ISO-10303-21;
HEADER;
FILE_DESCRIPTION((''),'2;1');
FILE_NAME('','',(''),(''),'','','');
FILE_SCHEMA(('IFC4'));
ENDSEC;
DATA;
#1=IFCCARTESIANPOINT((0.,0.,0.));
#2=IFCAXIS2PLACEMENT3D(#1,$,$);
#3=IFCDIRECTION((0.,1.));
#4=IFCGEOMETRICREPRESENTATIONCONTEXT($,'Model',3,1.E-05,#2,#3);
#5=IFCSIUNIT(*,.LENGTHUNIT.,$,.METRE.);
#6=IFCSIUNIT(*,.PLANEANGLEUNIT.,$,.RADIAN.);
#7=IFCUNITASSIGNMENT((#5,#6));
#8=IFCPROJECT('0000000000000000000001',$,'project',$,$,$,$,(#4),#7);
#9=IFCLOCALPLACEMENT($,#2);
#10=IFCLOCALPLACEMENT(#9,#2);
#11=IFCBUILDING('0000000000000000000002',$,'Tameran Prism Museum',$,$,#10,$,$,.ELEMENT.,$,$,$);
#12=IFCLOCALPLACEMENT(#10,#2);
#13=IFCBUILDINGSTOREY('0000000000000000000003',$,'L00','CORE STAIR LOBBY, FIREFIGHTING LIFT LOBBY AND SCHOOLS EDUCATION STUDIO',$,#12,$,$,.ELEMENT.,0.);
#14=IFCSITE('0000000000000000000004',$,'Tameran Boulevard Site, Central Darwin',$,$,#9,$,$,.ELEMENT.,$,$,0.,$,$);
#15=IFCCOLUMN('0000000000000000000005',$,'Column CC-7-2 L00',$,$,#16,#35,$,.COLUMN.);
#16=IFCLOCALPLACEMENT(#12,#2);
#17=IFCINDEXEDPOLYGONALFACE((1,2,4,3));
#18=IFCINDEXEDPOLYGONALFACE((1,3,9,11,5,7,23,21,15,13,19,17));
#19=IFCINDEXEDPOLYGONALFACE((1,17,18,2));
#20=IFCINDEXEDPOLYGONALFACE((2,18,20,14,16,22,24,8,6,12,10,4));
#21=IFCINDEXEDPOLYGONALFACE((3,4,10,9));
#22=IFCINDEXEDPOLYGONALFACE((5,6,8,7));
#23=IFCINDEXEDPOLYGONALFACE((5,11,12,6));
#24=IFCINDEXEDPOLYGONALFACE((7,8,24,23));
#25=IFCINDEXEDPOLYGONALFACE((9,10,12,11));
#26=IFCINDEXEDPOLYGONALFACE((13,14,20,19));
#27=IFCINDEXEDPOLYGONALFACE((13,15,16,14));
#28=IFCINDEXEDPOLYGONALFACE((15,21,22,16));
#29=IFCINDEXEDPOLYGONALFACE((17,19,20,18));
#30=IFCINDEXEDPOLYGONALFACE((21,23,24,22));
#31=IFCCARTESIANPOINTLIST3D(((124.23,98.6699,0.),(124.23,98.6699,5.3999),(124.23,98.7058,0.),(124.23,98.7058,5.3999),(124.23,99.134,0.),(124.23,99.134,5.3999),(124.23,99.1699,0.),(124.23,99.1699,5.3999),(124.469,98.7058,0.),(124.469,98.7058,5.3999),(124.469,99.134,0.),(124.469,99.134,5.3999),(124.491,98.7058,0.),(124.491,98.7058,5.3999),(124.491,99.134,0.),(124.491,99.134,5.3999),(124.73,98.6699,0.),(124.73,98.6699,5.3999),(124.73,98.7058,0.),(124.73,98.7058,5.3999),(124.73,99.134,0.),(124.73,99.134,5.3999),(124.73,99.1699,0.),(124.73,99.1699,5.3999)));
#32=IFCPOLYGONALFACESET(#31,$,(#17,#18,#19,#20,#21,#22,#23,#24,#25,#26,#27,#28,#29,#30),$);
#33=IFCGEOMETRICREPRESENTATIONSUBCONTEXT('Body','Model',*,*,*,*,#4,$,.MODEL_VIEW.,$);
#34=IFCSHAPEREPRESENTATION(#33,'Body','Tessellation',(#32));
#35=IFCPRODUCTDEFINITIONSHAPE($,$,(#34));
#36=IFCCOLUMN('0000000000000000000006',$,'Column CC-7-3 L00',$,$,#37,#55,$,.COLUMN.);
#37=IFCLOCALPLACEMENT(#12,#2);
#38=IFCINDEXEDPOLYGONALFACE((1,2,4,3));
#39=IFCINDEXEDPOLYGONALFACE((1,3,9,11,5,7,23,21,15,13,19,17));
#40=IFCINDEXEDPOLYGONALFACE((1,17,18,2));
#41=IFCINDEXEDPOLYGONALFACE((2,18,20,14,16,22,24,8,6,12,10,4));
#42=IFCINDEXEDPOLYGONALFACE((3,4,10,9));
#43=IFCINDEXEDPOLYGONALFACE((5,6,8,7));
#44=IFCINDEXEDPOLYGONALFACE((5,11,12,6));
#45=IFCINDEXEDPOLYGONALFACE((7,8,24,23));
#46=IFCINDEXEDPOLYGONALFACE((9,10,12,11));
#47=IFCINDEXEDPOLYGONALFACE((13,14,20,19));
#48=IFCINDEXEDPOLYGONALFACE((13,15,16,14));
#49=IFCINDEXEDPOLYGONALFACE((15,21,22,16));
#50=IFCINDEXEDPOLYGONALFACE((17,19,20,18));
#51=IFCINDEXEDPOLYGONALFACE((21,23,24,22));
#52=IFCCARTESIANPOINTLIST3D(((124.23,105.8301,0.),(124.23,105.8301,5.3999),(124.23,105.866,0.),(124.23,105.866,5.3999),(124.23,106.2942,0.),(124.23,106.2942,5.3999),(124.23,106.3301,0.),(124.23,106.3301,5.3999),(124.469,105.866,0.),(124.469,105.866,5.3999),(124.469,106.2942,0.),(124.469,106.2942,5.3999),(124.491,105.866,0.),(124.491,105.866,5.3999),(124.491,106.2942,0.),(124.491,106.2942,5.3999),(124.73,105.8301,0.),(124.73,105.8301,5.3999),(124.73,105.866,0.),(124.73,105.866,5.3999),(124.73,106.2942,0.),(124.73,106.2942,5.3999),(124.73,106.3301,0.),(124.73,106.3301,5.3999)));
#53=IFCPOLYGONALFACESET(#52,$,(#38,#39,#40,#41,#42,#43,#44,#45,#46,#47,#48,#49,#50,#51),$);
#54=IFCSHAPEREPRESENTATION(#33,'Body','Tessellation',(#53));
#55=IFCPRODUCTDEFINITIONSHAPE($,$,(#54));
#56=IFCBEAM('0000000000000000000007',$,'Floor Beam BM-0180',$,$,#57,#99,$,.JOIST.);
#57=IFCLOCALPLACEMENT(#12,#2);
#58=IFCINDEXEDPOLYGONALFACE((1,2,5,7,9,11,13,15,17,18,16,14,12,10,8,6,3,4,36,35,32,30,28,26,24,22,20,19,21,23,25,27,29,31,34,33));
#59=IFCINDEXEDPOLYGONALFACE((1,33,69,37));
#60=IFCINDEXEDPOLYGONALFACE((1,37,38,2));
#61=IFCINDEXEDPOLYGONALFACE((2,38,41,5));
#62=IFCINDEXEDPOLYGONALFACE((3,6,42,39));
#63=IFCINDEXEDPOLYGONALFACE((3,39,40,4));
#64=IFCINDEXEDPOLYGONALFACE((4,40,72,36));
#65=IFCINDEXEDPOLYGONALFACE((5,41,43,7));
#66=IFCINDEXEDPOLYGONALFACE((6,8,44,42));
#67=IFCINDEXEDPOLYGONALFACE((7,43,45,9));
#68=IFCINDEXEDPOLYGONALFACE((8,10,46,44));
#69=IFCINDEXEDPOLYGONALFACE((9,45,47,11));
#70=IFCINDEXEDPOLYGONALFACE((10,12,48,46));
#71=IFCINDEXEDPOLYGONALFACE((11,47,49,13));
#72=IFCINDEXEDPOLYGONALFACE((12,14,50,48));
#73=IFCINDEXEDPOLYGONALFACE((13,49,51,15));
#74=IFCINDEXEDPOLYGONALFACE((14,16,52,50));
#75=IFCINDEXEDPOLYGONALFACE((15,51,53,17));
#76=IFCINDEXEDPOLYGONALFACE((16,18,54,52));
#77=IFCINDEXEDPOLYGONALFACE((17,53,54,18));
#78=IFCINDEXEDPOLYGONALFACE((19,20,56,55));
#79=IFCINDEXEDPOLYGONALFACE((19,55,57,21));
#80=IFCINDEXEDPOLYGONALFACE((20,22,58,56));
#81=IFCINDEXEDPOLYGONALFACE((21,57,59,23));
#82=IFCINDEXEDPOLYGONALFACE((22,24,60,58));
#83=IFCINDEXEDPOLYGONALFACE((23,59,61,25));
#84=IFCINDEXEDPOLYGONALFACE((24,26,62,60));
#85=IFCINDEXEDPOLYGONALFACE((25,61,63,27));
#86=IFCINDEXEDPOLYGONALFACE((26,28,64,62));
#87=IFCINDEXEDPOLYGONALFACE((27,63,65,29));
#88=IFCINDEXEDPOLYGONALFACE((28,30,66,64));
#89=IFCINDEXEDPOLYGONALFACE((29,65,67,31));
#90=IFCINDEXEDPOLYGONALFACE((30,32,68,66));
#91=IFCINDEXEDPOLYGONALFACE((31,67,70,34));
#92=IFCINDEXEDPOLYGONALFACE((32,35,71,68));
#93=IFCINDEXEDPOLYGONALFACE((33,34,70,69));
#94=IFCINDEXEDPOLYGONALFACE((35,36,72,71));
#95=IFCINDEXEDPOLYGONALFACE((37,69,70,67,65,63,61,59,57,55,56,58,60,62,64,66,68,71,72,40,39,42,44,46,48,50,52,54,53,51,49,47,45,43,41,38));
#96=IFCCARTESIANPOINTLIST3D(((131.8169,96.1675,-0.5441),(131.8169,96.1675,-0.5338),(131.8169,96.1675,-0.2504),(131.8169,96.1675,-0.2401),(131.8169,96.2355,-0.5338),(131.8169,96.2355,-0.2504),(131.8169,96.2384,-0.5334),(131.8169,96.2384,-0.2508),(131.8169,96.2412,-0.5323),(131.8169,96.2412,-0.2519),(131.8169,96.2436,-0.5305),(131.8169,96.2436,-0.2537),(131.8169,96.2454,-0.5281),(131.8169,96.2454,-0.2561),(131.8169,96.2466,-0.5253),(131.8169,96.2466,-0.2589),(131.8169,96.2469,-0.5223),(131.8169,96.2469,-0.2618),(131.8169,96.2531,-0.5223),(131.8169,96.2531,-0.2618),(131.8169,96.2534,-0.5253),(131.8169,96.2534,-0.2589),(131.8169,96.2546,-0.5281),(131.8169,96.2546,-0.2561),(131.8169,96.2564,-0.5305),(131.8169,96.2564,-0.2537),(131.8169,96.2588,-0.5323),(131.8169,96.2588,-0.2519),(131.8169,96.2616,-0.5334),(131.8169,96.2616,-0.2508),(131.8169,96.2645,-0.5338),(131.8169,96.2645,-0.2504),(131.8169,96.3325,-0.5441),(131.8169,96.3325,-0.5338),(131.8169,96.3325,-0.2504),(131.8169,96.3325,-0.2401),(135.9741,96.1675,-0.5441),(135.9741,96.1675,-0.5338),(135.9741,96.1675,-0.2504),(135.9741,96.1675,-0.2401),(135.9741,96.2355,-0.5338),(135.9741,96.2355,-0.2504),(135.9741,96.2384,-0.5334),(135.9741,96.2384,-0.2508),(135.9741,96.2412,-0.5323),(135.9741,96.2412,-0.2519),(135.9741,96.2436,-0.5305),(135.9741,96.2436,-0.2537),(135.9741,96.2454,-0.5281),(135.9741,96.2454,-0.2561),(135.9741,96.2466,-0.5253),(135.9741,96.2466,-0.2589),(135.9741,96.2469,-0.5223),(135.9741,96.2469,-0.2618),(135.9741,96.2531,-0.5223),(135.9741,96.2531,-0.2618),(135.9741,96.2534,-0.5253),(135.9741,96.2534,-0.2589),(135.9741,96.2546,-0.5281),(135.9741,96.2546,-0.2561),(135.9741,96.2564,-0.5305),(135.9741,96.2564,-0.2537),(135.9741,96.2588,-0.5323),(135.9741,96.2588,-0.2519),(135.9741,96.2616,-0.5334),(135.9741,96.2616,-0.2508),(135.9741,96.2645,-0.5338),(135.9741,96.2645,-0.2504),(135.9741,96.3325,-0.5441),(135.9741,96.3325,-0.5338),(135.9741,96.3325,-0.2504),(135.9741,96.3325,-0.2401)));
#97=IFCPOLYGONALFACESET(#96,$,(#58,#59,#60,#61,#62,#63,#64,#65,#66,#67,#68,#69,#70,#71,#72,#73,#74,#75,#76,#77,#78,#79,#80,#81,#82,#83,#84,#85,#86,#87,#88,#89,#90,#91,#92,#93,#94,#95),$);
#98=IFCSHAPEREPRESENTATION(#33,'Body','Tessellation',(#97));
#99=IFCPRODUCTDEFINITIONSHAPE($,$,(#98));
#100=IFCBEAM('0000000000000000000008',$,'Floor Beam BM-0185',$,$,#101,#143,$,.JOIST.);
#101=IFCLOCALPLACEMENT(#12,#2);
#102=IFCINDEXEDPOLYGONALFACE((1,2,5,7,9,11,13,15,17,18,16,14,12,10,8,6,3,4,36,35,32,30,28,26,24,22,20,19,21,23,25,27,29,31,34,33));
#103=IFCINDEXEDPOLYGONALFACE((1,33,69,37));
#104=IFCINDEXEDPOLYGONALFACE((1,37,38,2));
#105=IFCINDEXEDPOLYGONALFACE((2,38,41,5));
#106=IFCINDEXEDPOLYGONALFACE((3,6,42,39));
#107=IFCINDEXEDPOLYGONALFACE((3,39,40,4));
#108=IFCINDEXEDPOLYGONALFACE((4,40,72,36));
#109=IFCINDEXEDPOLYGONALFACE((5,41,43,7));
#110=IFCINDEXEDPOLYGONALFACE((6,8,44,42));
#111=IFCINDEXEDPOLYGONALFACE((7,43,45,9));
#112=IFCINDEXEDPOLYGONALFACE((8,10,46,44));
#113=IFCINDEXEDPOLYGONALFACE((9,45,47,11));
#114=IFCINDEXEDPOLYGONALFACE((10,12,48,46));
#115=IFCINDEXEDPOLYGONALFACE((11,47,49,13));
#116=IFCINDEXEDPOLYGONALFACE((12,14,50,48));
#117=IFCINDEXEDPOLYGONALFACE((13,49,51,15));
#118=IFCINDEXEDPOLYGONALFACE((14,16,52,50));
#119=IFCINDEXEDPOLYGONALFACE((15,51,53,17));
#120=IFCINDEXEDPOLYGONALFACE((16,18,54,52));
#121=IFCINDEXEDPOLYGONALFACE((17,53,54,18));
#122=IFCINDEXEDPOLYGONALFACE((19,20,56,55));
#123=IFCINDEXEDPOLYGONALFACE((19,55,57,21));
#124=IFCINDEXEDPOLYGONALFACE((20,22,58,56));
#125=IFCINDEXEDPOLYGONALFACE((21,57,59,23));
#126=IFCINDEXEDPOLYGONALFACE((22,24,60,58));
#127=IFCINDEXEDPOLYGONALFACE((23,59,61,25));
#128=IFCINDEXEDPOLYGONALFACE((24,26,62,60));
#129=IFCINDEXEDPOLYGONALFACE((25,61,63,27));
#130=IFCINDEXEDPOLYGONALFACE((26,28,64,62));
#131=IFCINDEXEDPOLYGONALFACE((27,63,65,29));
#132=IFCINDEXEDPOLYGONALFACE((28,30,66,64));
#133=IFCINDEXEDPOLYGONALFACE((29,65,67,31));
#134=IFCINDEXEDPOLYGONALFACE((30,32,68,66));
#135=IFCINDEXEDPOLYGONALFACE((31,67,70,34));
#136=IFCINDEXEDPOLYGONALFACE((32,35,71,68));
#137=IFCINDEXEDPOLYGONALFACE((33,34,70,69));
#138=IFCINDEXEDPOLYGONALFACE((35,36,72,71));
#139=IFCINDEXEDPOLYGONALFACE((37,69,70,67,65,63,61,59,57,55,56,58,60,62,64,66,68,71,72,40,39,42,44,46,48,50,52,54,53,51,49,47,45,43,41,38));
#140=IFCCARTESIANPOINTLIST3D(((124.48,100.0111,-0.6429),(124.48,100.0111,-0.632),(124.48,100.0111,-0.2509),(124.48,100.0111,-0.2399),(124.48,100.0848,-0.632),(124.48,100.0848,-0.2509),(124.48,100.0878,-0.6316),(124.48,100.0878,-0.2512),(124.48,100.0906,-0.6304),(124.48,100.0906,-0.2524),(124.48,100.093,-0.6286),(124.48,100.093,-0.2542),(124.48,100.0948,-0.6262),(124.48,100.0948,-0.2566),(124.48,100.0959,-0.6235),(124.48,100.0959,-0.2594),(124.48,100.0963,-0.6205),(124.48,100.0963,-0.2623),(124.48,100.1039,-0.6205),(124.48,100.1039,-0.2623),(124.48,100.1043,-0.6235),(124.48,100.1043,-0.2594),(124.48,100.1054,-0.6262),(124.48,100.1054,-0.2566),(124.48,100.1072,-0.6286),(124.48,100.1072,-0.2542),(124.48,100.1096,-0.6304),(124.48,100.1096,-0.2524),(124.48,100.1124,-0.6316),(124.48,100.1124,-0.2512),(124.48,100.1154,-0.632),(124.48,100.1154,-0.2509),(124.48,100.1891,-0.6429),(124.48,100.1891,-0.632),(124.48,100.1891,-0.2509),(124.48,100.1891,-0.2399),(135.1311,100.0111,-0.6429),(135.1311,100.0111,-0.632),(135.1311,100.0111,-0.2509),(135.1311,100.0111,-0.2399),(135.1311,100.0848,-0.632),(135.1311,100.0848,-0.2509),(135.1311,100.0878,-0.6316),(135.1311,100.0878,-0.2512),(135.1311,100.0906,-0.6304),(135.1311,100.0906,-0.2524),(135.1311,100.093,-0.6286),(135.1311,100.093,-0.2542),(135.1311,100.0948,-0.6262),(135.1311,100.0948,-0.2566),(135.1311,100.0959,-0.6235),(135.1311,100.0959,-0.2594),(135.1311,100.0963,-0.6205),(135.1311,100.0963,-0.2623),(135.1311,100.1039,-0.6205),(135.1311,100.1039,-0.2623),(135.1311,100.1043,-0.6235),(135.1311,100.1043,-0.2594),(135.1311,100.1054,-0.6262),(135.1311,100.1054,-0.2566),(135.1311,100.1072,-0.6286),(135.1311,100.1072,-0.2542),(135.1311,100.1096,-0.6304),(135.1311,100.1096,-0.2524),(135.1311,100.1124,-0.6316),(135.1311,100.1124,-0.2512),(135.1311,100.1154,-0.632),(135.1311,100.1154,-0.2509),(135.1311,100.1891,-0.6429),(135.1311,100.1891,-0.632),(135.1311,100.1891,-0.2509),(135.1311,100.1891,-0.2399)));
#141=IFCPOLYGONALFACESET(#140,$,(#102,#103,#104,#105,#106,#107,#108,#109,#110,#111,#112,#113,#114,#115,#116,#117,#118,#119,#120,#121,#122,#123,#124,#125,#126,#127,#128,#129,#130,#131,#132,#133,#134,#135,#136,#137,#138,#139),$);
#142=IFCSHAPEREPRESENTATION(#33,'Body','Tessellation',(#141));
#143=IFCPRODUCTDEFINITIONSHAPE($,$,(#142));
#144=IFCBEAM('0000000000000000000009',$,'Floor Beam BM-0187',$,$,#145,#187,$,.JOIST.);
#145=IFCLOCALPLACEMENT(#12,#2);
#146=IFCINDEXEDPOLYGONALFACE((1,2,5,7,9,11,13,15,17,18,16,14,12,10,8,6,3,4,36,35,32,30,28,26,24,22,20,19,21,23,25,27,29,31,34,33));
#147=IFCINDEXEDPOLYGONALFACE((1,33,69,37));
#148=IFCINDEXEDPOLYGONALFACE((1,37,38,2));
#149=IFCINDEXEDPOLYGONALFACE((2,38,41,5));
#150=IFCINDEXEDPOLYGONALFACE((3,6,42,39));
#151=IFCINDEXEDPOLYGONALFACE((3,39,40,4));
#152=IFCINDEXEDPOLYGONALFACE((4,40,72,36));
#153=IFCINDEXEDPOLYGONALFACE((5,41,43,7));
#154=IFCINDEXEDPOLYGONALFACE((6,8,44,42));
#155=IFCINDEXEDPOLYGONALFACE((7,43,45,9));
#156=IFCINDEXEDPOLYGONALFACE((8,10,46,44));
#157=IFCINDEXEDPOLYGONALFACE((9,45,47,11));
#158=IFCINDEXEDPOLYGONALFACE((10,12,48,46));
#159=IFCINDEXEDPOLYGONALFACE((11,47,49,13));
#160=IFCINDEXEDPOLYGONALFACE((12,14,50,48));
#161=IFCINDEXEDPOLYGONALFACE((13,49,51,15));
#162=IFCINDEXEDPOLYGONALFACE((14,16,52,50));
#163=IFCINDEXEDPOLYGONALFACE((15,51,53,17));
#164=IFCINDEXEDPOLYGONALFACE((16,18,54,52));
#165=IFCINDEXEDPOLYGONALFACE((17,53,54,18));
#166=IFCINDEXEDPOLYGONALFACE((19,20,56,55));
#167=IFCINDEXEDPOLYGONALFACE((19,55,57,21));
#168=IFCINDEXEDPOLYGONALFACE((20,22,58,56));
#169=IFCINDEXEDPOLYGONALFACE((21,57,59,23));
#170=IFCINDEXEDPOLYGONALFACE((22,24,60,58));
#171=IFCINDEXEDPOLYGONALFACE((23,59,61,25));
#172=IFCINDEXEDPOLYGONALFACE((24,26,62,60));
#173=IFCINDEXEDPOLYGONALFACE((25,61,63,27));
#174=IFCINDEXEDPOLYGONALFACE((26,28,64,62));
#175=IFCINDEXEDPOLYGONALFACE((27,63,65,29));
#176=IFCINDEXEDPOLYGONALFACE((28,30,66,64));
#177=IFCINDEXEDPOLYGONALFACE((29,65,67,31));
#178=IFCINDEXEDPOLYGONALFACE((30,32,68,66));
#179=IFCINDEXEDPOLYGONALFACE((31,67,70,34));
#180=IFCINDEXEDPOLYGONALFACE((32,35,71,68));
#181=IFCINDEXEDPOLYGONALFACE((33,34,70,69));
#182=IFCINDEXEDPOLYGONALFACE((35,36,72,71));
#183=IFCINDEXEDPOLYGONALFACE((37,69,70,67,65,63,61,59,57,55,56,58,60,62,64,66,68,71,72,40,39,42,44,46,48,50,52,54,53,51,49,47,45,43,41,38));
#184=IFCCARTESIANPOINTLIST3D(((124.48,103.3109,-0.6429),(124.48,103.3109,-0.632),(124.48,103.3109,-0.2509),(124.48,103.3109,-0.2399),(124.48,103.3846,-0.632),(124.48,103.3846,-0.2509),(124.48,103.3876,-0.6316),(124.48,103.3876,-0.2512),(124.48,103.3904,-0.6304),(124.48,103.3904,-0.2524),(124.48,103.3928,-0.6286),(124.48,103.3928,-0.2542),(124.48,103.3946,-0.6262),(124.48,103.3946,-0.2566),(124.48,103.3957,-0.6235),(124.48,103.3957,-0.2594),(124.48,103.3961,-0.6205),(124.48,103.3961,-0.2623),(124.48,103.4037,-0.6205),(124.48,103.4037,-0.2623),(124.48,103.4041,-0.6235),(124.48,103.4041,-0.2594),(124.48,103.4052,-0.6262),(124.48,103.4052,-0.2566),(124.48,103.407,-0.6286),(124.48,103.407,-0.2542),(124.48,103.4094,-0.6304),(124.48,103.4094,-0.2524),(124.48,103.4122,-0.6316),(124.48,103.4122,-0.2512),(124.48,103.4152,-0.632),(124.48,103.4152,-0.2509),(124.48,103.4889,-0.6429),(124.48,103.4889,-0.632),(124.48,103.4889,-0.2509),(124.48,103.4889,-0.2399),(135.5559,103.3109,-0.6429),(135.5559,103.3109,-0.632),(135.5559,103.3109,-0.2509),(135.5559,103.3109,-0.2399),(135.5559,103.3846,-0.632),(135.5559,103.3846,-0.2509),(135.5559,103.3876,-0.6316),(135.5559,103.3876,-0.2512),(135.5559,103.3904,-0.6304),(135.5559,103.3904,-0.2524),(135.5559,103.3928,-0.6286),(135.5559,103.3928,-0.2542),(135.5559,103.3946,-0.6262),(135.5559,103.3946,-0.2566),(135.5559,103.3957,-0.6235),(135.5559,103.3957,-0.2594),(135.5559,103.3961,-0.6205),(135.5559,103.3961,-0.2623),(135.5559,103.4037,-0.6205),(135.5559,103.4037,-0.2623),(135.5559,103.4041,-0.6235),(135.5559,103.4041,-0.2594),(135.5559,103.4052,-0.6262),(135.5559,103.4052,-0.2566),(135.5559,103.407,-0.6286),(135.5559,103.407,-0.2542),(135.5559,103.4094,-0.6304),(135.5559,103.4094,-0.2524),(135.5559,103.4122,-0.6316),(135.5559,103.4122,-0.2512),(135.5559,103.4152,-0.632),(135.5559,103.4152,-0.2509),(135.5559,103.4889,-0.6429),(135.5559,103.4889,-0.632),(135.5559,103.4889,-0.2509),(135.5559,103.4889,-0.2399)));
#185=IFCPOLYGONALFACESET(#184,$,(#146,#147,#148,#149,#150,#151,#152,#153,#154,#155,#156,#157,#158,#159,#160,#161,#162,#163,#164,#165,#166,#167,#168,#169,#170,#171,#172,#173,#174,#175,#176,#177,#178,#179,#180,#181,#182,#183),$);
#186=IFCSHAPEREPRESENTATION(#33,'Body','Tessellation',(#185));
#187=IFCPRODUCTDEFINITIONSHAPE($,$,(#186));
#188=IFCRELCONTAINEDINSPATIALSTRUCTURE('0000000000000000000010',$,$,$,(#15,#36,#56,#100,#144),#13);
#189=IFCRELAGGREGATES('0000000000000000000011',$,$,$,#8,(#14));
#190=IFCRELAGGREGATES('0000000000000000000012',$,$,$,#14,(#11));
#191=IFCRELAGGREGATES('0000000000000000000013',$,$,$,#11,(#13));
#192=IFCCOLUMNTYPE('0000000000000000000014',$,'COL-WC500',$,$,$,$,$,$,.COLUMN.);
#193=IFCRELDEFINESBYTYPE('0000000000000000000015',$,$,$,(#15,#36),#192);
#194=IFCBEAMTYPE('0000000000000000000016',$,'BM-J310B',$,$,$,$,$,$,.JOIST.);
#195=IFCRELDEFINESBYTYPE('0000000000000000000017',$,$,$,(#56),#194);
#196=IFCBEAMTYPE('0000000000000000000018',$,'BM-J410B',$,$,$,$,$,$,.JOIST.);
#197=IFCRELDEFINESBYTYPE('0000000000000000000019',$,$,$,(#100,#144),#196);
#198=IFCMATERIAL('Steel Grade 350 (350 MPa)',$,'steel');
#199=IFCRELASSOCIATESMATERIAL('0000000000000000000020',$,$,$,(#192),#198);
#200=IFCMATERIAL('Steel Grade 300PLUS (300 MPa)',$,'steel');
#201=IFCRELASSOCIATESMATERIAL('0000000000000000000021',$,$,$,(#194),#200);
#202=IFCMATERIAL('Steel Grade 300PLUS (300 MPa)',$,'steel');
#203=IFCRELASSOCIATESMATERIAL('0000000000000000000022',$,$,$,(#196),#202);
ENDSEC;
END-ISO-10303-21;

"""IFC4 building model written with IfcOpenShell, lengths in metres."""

from ifc_helpers import new_model, si_unit, direction, frame, origin, origin_2d, place, context, subcontext, project, spatial, i_section, extrude, material, material_profile, profile_set, type_object, element, save


model = new_model("IFC4")

# Units and contexts
model_context = context("Model", 3, precision=1e-05, world=origin(), true_north=direction((0.0, 1.0)))
body_context = subcontext(model_context, "Body", "Model", "MODEL_VIEW")
ifc_project = project(units=[si_unit("LENGTHUNIT", "METRE"), si_unit("PLANEANGLEUNIT", "RADIAN")], contexts=[model_context])

# Site, building, storey
site_placement = place(None, origin())
site = spatial("IfcSite", under=ifc_project, at=site_placement, Name="Tameran Boulevard Site, Central Darwin", CompositionType="ELEMENT", RefElevation=0.0)
building_placement = place(site_placement, origin())
building = spatial("IfcBuilding", under=site, at=building_placement, Name="Tameran Prism Museum", CompositionType="ELEMENT")
storey_placement = place(building_placement, origin())
storey = spatial("IfcBuildingStorey", under=building, at=storey_placement, Name="L00", Description="CORE STAIR LOBBY, FIREFIGHTING LIFT LOBBY AND SCHOOLS EDUCATION STUDIO", CompositionType="ELEMENT", Elevation=0.0)

# Columns
ifc_material_1 = material(Name="Steel Grade 350 (350 MPa)", Category="steel")
ifc_material_profile_1 = material_profile(ifc_material_1, i_section(OverallWidth=0.5, OverallDepth=0.5, WebThickness=0.022, FlangeThickness=0.0359, at=origin_2d()))
ifc_profile_set_1 = profile_set([ifc_material_profile_1])
column_type = type_object("IfcColumnType", Name="COL-WC500", PredefinedType="COLUMN", material=ifc_profile_set_1)
for number, where, z_axis, x_axis, name in (
    (1, (124.48, 98.9199, 0.0), (0.0, 0.0, 1.0), (1.0, 0.0, 0.0), "Column CC-7-2 L00"),
    (2, (124.48, 106.0801, 0.0), (0.0, 0.0, 1.0), (1.0, 0.0, 0.0), "Column CC-7-3 L00"),
):
    element("IfcColumn", number, at=place(storey_placement, frame(where, z_axis=z_axis, x_axis=x_axis)), inside=storey, type_object=column_type, Name=name, PredefinedType="COLUMN", context=body_context, shape_type="SweptSolid", body=[
        extrude(i_section(OverallWidth=0.5, OverallDepth=0.5, WebThickness=0.022, FlangeThickness=0.0359, at=origin_2d()), origin(), (0.0, 0.0, 1.0), 5.3999),
    ])

# Beams
ifc_material_2 = material(Name="Steel Grade 300PLUS (300 MPa)", Category="steel")
ifc_material_profile_2 = material_profile(ifc_material_2, i_section(OverallWidth=0.165, OverallDepth=0.304, WebThickness=0.0061, FlangeThickness=0.0103, FilletRadius=0.0115, at=origin_2d()))
ifc_profile_set_2 = profile_set([ifc_material_profile_2])
beam_type_1 = type_object("IfcBeamType", Name="BM-J310B", PredefinedType="JOIST", material=ifc_profile_set_2)
beam_1_placement = place(storey_placement, frame((131.8169, 96.25, -0.3921), z_axis=(1.0, 0.0, 0.0), x_axis=(0.0, 1.0, 0.0)))
element("IfcBeam", 3, at=beam_1_placement, inside=storey, type_object=beam_type_1, Name="Floor Beam BM-0180", PredefinedType="JOIST", context=body_context, shape_type="SweptSolid", body=[
    extrude(i_section(OverallWidth=0.165, OverallDepth=0.304, WebThickness=0.0061, FlangeThickness=0.0103, FilletRadius=0.0115, at=origin_2d()), origin(), (0.0, 0.0, 1.0), 4.1572),
])
ifc_material_3 = material(Name="Steel Grade 300PLUS (300 MPa)", Category="steel")
ifc_material_profile_3 = material_profile(ifc_material_3, i_section(OverallWidth=0.178, OverallDepth=0.4031, WebThickness=0.0076, FlangeThickness=0.011, FilletRadius=0.0115, at=origin_2d()))
ifc_profile_set_3 = profile_set([ifc_material_profile_3])
beam_type_2 = type_object("IfcBeamType", Name="BM-J410B", PredefinedType="JOIST", material=ifc_profile_set_3)
beam_2_placement = place(storey_placement, frame((124.48, 100.1001, -0.4414), z_axis=(1.0, 0.0, 0.0), x_axis=(0.0, 1.0, 0.0)))
element("IfcBeam", 4, at=beam_2_placement, inside=storey, type_object=beam_type_2, Name="Floor Beam BM-0185", PredefinedType="JOIST", context=body_context, shape_type="SweptSolid", body=[
    extrude(i_section(OverallWidth=0.178, OverallDepth=0.4031, WebThickness=0.0076, FlangeThickness=0.011, FilletRadius=0.0115, at=origin_2d()), origin(), (0.0, 0.0, 1.0), 10.6511),
])
beam_3_placement = place(storey_placement, frame((124.48, 103.3999, -0.4414), z_axis=(1.0, 0.0, 0.0), x_axis=(0.0, 1.0, 0.0)))
element("IfcBeam", 5, at=beam_3_placement, inside=storey, type_object=beam_type_2, Name="Floor Beam BM-0187", PredefinedType="JOIST", context=body_context, shape_type="SweptSolid", body=[
    extrude(i_section(OverallWidth=0.178, OverallDepth=0.4031, WebThickness=0.0076, FlangeThickness=0.011, FilletRadius=0.0115, at=origin_2d()), origin(), (0.0, 0.0, 1.0), 11.0759),
])

save(model, "model.ifc")
